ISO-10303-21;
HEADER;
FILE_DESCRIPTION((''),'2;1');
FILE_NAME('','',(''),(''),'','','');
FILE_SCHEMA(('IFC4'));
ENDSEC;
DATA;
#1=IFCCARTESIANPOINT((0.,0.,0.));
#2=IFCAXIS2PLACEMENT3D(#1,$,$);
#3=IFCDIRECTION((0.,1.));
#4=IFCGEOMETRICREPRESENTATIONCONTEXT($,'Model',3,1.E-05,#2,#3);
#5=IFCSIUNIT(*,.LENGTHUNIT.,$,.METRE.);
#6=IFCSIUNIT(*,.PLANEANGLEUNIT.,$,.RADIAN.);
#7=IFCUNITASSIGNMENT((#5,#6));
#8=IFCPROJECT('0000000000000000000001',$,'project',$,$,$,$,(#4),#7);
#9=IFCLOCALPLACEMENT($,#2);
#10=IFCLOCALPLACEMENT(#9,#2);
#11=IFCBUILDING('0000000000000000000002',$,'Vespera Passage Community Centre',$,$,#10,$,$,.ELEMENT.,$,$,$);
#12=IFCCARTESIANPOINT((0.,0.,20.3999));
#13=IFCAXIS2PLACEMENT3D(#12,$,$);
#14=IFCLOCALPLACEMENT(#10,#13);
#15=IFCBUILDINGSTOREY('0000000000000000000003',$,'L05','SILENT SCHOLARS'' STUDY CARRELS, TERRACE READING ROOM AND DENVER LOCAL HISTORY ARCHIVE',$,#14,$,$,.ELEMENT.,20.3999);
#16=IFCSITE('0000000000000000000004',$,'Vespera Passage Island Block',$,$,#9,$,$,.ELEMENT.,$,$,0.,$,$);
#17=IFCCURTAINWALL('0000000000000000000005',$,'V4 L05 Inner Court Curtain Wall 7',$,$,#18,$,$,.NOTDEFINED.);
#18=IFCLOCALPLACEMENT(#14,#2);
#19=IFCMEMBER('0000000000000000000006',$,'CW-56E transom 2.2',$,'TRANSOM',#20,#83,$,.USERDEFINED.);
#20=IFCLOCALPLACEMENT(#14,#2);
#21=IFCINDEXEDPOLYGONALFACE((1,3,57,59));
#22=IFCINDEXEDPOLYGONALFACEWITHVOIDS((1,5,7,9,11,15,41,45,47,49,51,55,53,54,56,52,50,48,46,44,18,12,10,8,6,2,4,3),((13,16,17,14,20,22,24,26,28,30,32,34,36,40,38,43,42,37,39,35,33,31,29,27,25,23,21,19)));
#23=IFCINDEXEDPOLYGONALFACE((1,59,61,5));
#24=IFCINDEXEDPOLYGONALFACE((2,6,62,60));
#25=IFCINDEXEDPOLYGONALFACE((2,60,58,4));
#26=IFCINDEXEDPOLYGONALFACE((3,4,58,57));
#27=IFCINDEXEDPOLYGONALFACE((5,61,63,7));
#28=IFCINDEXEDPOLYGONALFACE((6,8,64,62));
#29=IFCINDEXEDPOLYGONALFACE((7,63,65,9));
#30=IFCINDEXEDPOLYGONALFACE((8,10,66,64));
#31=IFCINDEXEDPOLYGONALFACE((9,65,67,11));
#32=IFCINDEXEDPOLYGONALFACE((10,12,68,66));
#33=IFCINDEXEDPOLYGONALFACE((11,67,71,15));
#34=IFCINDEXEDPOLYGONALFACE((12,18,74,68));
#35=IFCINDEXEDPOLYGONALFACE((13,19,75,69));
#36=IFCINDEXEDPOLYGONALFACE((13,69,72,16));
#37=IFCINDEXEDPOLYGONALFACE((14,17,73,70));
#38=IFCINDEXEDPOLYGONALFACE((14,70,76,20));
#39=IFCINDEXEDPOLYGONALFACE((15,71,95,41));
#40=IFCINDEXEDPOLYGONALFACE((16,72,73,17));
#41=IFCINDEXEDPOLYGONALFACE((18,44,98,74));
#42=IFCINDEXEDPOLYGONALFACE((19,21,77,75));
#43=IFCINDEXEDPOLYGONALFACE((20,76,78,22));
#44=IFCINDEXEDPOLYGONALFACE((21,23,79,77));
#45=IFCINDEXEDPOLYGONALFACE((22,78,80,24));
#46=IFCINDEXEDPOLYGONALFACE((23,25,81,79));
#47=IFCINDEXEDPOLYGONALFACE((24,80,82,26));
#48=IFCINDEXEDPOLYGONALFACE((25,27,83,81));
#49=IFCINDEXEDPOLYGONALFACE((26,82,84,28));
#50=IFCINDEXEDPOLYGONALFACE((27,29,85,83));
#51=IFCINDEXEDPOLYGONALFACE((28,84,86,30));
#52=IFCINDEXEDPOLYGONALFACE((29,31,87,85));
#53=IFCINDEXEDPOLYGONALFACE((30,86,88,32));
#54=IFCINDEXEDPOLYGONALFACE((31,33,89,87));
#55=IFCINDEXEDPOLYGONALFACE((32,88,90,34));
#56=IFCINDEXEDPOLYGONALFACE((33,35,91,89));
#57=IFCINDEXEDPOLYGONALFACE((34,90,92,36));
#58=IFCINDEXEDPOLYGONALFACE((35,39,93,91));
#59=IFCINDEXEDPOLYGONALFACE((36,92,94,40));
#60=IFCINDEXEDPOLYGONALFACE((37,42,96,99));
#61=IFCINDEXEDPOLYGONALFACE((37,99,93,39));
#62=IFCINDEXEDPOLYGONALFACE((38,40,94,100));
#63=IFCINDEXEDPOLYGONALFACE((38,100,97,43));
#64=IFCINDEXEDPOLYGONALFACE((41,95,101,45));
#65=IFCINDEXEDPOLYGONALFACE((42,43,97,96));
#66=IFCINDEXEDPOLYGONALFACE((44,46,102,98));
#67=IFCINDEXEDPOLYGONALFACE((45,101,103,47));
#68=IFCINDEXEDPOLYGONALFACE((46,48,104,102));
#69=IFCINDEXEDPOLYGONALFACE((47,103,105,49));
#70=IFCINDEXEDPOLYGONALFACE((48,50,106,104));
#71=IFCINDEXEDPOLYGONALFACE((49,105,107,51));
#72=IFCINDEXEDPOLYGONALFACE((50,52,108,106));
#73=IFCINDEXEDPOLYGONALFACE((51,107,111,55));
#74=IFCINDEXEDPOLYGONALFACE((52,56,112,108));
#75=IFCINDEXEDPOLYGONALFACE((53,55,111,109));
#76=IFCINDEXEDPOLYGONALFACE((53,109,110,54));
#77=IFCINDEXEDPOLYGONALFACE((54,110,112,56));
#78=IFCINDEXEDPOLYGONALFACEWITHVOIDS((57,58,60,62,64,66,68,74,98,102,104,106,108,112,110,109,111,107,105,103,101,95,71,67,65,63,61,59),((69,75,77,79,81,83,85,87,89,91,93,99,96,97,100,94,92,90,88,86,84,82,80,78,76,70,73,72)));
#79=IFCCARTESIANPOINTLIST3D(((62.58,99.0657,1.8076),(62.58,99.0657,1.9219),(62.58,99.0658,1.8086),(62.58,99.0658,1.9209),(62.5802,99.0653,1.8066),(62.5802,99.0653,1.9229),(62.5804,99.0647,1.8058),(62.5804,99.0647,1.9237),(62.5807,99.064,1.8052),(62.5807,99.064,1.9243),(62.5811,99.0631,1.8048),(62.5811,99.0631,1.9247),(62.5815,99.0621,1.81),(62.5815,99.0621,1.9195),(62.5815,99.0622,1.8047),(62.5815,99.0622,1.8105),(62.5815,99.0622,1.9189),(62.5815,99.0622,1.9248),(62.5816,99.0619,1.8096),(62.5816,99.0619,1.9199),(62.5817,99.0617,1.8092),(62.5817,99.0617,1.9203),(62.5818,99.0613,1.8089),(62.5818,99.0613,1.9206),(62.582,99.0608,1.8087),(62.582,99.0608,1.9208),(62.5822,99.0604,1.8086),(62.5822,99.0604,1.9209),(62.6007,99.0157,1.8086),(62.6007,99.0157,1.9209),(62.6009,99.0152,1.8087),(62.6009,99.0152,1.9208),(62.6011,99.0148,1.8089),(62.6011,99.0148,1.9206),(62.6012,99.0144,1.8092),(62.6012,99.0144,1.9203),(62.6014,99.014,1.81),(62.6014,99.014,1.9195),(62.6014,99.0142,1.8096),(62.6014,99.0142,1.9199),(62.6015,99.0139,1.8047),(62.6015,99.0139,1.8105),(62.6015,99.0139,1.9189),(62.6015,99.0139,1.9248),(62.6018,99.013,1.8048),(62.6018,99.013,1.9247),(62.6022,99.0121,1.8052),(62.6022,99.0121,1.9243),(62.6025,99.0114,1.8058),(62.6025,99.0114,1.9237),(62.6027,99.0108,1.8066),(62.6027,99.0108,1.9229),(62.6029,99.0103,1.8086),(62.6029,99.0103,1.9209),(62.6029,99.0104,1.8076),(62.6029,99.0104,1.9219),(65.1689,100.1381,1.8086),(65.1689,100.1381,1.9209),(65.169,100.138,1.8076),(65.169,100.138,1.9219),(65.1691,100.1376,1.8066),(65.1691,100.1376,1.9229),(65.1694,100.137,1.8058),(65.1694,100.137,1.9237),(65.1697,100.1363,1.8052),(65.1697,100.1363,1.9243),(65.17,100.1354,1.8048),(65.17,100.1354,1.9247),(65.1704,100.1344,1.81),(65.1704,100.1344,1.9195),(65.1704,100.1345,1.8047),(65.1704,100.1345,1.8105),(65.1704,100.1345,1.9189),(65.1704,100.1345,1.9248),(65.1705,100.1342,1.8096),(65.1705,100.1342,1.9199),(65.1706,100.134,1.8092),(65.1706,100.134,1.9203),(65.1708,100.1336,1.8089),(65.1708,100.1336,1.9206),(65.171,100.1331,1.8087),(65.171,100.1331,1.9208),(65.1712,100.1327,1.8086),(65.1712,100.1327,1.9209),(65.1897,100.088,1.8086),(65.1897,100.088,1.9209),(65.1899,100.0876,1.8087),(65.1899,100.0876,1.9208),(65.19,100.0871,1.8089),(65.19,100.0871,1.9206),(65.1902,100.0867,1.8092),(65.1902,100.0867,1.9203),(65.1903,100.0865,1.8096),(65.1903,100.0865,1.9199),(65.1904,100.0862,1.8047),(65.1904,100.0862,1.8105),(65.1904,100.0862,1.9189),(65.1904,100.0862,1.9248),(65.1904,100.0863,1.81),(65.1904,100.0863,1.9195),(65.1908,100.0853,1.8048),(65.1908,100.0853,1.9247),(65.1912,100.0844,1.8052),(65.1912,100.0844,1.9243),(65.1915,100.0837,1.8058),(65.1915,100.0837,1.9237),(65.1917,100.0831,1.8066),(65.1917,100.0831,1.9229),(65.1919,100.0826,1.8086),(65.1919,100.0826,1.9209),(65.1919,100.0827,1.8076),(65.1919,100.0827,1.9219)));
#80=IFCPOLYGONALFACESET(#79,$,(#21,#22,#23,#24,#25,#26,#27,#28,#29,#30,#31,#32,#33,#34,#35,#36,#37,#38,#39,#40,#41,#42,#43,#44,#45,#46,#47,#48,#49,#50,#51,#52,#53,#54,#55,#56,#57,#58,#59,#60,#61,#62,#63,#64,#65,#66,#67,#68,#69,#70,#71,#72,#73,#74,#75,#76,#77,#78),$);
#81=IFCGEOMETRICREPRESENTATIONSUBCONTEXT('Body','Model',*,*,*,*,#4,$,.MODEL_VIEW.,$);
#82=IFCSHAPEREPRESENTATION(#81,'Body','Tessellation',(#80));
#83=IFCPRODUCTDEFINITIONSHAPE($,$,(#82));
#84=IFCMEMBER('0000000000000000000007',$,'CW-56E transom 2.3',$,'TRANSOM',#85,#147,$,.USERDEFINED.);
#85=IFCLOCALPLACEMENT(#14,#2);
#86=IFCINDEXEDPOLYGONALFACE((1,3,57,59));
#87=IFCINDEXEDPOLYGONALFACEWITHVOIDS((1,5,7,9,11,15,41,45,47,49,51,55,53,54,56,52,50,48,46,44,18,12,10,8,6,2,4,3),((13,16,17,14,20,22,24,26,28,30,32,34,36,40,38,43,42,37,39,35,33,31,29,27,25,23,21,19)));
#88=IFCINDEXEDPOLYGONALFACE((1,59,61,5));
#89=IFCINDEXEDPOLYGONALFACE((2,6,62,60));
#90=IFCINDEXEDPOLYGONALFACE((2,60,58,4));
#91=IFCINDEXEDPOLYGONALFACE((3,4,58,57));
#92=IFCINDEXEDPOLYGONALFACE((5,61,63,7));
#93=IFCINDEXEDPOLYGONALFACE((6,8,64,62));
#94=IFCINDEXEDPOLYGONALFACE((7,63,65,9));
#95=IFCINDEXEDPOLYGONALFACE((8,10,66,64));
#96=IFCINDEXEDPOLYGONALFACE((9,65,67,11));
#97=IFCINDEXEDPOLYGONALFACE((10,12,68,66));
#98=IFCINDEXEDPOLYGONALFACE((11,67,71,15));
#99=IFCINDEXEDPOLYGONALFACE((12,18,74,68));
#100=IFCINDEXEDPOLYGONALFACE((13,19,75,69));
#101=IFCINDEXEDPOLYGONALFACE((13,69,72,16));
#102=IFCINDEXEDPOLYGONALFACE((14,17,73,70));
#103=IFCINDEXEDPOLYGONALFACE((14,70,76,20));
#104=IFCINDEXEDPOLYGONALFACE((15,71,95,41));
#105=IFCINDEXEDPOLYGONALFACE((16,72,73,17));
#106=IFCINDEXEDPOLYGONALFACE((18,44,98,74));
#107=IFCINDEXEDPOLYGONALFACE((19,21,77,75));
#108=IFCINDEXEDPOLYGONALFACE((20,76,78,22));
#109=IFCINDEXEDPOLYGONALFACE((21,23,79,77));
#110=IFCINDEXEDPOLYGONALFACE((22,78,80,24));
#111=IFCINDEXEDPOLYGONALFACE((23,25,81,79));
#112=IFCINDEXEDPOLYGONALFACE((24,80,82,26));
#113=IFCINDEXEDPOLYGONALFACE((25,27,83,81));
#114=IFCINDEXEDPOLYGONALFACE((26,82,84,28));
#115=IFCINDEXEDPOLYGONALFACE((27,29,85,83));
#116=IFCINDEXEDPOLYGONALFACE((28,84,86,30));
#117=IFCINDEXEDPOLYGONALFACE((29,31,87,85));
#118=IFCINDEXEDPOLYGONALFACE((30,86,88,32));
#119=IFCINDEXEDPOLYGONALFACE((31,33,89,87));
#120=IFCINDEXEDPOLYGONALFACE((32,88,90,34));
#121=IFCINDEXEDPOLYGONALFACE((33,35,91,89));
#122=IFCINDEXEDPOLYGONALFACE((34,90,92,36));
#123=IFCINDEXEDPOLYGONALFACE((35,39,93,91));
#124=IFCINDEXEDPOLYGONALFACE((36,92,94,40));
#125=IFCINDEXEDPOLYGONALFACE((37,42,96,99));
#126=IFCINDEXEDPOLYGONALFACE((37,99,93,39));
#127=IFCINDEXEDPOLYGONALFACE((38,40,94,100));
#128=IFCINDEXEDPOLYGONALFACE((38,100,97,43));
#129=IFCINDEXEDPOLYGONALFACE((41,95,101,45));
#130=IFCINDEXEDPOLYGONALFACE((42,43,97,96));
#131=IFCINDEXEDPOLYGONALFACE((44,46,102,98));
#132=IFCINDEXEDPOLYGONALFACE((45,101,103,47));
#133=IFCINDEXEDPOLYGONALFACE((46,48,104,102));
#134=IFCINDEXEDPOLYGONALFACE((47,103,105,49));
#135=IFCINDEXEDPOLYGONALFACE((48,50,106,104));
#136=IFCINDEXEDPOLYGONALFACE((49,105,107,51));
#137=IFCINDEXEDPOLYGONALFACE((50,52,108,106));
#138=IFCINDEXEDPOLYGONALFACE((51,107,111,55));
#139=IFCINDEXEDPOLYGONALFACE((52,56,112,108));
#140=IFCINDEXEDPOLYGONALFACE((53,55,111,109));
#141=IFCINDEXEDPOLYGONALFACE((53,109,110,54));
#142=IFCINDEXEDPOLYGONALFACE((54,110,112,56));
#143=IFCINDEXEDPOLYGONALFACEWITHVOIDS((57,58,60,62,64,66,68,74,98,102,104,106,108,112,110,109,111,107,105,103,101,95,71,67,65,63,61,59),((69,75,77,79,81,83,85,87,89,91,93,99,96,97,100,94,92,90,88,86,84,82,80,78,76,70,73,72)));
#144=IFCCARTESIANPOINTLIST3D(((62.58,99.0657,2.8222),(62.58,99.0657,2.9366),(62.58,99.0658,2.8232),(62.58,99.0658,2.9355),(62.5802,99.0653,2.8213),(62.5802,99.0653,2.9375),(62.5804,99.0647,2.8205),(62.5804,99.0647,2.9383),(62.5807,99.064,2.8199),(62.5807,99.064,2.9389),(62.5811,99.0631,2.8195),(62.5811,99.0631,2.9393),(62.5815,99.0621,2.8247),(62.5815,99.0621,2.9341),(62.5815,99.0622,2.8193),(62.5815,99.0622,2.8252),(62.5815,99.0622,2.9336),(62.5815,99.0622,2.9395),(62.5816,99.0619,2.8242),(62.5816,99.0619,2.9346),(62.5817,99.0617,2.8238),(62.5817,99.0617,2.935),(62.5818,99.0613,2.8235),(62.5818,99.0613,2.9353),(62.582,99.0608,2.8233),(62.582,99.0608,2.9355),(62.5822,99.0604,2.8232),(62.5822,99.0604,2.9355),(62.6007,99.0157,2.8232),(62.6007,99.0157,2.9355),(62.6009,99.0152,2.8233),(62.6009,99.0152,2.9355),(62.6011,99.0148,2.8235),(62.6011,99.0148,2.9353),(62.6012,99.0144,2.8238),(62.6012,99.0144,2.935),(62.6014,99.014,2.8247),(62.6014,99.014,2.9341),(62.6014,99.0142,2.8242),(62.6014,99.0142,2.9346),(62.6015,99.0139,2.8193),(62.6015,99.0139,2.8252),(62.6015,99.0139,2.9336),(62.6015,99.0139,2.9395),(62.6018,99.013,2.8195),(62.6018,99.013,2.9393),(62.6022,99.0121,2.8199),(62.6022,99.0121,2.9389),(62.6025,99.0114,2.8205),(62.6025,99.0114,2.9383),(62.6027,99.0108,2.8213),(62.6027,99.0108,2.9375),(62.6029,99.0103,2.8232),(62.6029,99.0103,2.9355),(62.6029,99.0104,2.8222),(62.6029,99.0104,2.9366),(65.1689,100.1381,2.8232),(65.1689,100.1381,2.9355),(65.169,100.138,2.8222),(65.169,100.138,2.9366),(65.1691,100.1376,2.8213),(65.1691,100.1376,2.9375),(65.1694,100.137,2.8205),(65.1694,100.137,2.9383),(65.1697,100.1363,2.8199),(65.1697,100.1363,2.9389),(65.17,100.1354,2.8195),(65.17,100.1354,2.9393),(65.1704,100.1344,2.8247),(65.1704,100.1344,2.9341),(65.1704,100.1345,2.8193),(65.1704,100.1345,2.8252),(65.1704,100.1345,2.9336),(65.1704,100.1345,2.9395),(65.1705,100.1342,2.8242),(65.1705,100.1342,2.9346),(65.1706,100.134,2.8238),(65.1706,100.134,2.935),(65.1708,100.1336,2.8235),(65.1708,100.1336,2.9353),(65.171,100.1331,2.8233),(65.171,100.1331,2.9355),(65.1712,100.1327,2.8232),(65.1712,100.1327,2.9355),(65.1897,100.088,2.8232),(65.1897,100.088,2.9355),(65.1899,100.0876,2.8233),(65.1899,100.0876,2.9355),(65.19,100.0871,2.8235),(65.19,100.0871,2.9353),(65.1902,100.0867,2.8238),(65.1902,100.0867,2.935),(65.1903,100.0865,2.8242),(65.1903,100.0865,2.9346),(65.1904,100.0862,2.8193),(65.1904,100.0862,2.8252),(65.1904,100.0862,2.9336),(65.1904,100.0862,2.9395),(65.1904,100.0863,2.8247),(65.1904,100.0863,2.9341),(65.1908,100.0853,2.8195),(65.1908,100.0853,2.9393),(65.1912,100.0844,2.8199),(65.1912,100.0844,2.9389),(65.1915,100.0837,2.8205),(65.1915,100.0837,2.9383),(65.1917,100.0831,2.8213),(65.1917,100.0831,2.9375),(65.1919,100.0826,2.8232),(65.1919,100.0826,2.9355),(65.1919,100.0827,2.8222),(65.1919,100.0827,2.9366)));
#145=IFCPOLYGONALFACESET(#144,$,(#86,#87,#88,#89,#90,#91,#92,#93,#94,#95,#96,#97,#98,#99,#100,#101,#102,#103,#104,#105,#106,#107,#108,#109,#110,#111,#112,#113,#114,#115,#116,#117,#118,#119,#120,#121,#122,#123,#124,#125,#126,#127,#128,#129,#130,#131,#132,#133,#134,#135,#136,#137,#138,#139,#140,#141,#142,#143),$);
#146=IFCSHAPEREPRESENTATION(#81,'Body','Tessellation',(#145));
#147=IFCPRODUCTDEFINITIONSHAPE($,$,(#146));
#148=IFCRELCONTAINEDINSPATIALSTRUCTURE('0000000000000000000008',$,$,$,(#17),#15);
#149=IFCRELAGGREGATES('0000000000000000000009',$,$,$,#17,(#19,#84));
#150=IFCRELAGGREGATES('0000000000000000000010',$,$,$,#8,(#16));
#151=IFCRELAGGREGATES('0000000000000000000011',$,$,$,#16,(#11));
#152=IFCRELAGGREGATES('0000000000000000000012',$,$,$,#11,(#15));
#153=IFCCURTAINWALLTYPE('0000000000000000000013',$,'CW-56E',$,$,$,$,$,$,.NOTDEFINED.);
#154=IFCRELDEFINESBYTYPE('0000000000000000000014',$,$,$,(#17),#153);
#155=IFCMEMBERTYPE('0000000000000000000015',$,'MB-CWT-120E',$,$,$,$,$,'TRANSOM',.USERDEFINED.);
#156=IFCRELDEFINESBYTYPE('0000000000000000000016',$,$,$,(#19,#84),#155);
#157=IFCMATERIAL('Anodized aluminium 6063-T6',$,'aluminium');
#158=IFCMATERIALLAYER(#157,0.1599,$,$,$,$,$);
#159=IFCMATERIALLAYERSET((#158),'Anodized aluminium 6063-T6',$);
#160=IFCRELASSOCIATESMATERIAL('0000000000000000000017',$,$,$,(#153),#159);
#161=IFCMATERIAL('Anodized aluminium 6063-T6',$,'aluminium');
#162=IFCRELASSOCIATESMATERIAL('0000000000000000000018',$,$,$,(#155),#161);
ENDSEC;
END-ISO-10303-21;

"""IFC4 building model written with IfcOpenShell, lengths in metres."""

from ifc_helpers import new_model, si_unit, direction, frame, origin, origin_2d, place, context, subcontext, project, spatial, hollow_rectangle, extrude, material, layer, layer_set, material_profile, profile_set, type_object, element, aggregate, save


model = new_model("IFC4")

# Units and contexts
model_context = context("Model", 3, precision=1e-05, world=origin(), true_north=direction((0.0, 1.0)))
body_context = subcontext(model_context, "Body", "Model", "MODEL_VIEW")
ifc_project = project(units=[si_unit("LENGTHUNIT", "METRE"), si_unit("PLANEANGLEUNIT", "RADIAN")], contexts=[model_context])

# Site, building, storey
site_placement = place(None, origin())
site = spatial("IfcSite", under=ifc_project, at=site_placement, Name="Vespera Passage Island Block", CompositionType="ELEMENT", RefElevation=0.0)
building_placement = place(site_placement, origin())
building = spatial("IfcBuilding", under=site, at=building_placement, Name="Vespera Passage Community Centre", CompositionType="ELEMENT")
storey_placement = place(building_placement, frame((0.0, 0.0, 20.3999)))
storey = spatial("IfcBuildingStorey", under=building, at=storey_placement, Name="L05", Description="SILENT SCHOLARS' STUDY CARRELS, TERRACE READING ROOM AND DENVER LOCAL HISTORY ARCHIVE", CompositionType="ELEMENT", Elevation=20.3999)

# Curtain wall, members
ifc_material_1 = material(Name="Anodized aluminium 6063-T6", Category="aluminium")
ifc_layer_1 = layer(ifc_material_1, 0.1599)
ifc_layer_set_1 = layer_set([ifc_layer_1], Name="Anodized aluminium 6063-T6")
curtain_wall_type = type_object("IfcCurtainWallType", Name="CW-56E", PredefinedType="NOTDEFINED", material=ifc_layer_set_1)
curtain_wall_placement = place(storey_placement, origin())
curtain_wall = element("IfcCurtainWall", 1, at=curtain_wall_placement, inside=storey, type_object=curtain_wall_type, Name="V4 L05 Inner Court Curtain Wall 7", PredefinedType="NOTDEFINED")
ifc_material_2 = material(Name="Anodized aluminium 6063-T6", Category="aluminium")
ifc_material_profile_1 = material_profile(ifc_material_2, hollow_rectangle(XDim=0.0601, YDim=0.1201, WallThickness=0.0039, InnerFilletRadius=0.002, OuterFilletRadius=0.0039, at=origin_2d()), Name="ALU120X60X4")
ifc_profile_set_1 = profile_set([ifc_material_profile_1], Name="Anodized aluminium 6063-T6")
member_type_1 = type_object("IfcMemberType", Name="MB-CWT-120E", ElementType="TRANSOM", PredefinedType="USERDEFINED", material=ifc_profile_set_1)
member_1_placement = place(storey_placement, frame((65.1804, 100.1104, 1.8647), z_axis=(-0.923889, -0.38266, 0.0), x_axis=(0.38266, -0.923889, 0.0)))
member_1 = element("IfcMember", 2, at=member_1_placement, type_object=member_type_1, Name="CW-56E transom 2.2", ObjectType="TRANSOM", PredefinedType="USERDEFINED", context=body_context, shape_type="SweptSolid", body=[
    extrude(hollow_rectangle(XDim=0.0601, YDim=0.1201, WallThickness=0.0039, InnerFilletRadius=0.002, OuterFilletRadius=0.0039, at=origin_2d()), origin(), (0.0, 0.0, 1.0), 2.8022),
])
member_2_placement = place(storey_placement, frame((65.1804, 100.1104, 2.8794), z_axis=(-0.923889, -0.38266, 0.0), x_axis=(0.38266, -0.923889, 0.0)))
member_2 = element("IfcMember", 3, at=member_2_placement, type_object=member_type_1, Name="CW-56E transom 2.3", ObjectType="TRANSOM", PredefinedType="USERDEFINED", context=body_context, shape_type="SweptSolid", body=[
    extrude(hollow_rectangle(XDim=0.0601, YDim=0.1201, WallThickness=0.0039, InnerFilletRadius=0.002, OuterFilletRadius=0.0039, at=origin_2d()), origin(), (0.0, 0.0, 1.0), 2.8022),
])
aggregate(curtain_wall, [member_1, member_2])

save(model, "model.ifc")
